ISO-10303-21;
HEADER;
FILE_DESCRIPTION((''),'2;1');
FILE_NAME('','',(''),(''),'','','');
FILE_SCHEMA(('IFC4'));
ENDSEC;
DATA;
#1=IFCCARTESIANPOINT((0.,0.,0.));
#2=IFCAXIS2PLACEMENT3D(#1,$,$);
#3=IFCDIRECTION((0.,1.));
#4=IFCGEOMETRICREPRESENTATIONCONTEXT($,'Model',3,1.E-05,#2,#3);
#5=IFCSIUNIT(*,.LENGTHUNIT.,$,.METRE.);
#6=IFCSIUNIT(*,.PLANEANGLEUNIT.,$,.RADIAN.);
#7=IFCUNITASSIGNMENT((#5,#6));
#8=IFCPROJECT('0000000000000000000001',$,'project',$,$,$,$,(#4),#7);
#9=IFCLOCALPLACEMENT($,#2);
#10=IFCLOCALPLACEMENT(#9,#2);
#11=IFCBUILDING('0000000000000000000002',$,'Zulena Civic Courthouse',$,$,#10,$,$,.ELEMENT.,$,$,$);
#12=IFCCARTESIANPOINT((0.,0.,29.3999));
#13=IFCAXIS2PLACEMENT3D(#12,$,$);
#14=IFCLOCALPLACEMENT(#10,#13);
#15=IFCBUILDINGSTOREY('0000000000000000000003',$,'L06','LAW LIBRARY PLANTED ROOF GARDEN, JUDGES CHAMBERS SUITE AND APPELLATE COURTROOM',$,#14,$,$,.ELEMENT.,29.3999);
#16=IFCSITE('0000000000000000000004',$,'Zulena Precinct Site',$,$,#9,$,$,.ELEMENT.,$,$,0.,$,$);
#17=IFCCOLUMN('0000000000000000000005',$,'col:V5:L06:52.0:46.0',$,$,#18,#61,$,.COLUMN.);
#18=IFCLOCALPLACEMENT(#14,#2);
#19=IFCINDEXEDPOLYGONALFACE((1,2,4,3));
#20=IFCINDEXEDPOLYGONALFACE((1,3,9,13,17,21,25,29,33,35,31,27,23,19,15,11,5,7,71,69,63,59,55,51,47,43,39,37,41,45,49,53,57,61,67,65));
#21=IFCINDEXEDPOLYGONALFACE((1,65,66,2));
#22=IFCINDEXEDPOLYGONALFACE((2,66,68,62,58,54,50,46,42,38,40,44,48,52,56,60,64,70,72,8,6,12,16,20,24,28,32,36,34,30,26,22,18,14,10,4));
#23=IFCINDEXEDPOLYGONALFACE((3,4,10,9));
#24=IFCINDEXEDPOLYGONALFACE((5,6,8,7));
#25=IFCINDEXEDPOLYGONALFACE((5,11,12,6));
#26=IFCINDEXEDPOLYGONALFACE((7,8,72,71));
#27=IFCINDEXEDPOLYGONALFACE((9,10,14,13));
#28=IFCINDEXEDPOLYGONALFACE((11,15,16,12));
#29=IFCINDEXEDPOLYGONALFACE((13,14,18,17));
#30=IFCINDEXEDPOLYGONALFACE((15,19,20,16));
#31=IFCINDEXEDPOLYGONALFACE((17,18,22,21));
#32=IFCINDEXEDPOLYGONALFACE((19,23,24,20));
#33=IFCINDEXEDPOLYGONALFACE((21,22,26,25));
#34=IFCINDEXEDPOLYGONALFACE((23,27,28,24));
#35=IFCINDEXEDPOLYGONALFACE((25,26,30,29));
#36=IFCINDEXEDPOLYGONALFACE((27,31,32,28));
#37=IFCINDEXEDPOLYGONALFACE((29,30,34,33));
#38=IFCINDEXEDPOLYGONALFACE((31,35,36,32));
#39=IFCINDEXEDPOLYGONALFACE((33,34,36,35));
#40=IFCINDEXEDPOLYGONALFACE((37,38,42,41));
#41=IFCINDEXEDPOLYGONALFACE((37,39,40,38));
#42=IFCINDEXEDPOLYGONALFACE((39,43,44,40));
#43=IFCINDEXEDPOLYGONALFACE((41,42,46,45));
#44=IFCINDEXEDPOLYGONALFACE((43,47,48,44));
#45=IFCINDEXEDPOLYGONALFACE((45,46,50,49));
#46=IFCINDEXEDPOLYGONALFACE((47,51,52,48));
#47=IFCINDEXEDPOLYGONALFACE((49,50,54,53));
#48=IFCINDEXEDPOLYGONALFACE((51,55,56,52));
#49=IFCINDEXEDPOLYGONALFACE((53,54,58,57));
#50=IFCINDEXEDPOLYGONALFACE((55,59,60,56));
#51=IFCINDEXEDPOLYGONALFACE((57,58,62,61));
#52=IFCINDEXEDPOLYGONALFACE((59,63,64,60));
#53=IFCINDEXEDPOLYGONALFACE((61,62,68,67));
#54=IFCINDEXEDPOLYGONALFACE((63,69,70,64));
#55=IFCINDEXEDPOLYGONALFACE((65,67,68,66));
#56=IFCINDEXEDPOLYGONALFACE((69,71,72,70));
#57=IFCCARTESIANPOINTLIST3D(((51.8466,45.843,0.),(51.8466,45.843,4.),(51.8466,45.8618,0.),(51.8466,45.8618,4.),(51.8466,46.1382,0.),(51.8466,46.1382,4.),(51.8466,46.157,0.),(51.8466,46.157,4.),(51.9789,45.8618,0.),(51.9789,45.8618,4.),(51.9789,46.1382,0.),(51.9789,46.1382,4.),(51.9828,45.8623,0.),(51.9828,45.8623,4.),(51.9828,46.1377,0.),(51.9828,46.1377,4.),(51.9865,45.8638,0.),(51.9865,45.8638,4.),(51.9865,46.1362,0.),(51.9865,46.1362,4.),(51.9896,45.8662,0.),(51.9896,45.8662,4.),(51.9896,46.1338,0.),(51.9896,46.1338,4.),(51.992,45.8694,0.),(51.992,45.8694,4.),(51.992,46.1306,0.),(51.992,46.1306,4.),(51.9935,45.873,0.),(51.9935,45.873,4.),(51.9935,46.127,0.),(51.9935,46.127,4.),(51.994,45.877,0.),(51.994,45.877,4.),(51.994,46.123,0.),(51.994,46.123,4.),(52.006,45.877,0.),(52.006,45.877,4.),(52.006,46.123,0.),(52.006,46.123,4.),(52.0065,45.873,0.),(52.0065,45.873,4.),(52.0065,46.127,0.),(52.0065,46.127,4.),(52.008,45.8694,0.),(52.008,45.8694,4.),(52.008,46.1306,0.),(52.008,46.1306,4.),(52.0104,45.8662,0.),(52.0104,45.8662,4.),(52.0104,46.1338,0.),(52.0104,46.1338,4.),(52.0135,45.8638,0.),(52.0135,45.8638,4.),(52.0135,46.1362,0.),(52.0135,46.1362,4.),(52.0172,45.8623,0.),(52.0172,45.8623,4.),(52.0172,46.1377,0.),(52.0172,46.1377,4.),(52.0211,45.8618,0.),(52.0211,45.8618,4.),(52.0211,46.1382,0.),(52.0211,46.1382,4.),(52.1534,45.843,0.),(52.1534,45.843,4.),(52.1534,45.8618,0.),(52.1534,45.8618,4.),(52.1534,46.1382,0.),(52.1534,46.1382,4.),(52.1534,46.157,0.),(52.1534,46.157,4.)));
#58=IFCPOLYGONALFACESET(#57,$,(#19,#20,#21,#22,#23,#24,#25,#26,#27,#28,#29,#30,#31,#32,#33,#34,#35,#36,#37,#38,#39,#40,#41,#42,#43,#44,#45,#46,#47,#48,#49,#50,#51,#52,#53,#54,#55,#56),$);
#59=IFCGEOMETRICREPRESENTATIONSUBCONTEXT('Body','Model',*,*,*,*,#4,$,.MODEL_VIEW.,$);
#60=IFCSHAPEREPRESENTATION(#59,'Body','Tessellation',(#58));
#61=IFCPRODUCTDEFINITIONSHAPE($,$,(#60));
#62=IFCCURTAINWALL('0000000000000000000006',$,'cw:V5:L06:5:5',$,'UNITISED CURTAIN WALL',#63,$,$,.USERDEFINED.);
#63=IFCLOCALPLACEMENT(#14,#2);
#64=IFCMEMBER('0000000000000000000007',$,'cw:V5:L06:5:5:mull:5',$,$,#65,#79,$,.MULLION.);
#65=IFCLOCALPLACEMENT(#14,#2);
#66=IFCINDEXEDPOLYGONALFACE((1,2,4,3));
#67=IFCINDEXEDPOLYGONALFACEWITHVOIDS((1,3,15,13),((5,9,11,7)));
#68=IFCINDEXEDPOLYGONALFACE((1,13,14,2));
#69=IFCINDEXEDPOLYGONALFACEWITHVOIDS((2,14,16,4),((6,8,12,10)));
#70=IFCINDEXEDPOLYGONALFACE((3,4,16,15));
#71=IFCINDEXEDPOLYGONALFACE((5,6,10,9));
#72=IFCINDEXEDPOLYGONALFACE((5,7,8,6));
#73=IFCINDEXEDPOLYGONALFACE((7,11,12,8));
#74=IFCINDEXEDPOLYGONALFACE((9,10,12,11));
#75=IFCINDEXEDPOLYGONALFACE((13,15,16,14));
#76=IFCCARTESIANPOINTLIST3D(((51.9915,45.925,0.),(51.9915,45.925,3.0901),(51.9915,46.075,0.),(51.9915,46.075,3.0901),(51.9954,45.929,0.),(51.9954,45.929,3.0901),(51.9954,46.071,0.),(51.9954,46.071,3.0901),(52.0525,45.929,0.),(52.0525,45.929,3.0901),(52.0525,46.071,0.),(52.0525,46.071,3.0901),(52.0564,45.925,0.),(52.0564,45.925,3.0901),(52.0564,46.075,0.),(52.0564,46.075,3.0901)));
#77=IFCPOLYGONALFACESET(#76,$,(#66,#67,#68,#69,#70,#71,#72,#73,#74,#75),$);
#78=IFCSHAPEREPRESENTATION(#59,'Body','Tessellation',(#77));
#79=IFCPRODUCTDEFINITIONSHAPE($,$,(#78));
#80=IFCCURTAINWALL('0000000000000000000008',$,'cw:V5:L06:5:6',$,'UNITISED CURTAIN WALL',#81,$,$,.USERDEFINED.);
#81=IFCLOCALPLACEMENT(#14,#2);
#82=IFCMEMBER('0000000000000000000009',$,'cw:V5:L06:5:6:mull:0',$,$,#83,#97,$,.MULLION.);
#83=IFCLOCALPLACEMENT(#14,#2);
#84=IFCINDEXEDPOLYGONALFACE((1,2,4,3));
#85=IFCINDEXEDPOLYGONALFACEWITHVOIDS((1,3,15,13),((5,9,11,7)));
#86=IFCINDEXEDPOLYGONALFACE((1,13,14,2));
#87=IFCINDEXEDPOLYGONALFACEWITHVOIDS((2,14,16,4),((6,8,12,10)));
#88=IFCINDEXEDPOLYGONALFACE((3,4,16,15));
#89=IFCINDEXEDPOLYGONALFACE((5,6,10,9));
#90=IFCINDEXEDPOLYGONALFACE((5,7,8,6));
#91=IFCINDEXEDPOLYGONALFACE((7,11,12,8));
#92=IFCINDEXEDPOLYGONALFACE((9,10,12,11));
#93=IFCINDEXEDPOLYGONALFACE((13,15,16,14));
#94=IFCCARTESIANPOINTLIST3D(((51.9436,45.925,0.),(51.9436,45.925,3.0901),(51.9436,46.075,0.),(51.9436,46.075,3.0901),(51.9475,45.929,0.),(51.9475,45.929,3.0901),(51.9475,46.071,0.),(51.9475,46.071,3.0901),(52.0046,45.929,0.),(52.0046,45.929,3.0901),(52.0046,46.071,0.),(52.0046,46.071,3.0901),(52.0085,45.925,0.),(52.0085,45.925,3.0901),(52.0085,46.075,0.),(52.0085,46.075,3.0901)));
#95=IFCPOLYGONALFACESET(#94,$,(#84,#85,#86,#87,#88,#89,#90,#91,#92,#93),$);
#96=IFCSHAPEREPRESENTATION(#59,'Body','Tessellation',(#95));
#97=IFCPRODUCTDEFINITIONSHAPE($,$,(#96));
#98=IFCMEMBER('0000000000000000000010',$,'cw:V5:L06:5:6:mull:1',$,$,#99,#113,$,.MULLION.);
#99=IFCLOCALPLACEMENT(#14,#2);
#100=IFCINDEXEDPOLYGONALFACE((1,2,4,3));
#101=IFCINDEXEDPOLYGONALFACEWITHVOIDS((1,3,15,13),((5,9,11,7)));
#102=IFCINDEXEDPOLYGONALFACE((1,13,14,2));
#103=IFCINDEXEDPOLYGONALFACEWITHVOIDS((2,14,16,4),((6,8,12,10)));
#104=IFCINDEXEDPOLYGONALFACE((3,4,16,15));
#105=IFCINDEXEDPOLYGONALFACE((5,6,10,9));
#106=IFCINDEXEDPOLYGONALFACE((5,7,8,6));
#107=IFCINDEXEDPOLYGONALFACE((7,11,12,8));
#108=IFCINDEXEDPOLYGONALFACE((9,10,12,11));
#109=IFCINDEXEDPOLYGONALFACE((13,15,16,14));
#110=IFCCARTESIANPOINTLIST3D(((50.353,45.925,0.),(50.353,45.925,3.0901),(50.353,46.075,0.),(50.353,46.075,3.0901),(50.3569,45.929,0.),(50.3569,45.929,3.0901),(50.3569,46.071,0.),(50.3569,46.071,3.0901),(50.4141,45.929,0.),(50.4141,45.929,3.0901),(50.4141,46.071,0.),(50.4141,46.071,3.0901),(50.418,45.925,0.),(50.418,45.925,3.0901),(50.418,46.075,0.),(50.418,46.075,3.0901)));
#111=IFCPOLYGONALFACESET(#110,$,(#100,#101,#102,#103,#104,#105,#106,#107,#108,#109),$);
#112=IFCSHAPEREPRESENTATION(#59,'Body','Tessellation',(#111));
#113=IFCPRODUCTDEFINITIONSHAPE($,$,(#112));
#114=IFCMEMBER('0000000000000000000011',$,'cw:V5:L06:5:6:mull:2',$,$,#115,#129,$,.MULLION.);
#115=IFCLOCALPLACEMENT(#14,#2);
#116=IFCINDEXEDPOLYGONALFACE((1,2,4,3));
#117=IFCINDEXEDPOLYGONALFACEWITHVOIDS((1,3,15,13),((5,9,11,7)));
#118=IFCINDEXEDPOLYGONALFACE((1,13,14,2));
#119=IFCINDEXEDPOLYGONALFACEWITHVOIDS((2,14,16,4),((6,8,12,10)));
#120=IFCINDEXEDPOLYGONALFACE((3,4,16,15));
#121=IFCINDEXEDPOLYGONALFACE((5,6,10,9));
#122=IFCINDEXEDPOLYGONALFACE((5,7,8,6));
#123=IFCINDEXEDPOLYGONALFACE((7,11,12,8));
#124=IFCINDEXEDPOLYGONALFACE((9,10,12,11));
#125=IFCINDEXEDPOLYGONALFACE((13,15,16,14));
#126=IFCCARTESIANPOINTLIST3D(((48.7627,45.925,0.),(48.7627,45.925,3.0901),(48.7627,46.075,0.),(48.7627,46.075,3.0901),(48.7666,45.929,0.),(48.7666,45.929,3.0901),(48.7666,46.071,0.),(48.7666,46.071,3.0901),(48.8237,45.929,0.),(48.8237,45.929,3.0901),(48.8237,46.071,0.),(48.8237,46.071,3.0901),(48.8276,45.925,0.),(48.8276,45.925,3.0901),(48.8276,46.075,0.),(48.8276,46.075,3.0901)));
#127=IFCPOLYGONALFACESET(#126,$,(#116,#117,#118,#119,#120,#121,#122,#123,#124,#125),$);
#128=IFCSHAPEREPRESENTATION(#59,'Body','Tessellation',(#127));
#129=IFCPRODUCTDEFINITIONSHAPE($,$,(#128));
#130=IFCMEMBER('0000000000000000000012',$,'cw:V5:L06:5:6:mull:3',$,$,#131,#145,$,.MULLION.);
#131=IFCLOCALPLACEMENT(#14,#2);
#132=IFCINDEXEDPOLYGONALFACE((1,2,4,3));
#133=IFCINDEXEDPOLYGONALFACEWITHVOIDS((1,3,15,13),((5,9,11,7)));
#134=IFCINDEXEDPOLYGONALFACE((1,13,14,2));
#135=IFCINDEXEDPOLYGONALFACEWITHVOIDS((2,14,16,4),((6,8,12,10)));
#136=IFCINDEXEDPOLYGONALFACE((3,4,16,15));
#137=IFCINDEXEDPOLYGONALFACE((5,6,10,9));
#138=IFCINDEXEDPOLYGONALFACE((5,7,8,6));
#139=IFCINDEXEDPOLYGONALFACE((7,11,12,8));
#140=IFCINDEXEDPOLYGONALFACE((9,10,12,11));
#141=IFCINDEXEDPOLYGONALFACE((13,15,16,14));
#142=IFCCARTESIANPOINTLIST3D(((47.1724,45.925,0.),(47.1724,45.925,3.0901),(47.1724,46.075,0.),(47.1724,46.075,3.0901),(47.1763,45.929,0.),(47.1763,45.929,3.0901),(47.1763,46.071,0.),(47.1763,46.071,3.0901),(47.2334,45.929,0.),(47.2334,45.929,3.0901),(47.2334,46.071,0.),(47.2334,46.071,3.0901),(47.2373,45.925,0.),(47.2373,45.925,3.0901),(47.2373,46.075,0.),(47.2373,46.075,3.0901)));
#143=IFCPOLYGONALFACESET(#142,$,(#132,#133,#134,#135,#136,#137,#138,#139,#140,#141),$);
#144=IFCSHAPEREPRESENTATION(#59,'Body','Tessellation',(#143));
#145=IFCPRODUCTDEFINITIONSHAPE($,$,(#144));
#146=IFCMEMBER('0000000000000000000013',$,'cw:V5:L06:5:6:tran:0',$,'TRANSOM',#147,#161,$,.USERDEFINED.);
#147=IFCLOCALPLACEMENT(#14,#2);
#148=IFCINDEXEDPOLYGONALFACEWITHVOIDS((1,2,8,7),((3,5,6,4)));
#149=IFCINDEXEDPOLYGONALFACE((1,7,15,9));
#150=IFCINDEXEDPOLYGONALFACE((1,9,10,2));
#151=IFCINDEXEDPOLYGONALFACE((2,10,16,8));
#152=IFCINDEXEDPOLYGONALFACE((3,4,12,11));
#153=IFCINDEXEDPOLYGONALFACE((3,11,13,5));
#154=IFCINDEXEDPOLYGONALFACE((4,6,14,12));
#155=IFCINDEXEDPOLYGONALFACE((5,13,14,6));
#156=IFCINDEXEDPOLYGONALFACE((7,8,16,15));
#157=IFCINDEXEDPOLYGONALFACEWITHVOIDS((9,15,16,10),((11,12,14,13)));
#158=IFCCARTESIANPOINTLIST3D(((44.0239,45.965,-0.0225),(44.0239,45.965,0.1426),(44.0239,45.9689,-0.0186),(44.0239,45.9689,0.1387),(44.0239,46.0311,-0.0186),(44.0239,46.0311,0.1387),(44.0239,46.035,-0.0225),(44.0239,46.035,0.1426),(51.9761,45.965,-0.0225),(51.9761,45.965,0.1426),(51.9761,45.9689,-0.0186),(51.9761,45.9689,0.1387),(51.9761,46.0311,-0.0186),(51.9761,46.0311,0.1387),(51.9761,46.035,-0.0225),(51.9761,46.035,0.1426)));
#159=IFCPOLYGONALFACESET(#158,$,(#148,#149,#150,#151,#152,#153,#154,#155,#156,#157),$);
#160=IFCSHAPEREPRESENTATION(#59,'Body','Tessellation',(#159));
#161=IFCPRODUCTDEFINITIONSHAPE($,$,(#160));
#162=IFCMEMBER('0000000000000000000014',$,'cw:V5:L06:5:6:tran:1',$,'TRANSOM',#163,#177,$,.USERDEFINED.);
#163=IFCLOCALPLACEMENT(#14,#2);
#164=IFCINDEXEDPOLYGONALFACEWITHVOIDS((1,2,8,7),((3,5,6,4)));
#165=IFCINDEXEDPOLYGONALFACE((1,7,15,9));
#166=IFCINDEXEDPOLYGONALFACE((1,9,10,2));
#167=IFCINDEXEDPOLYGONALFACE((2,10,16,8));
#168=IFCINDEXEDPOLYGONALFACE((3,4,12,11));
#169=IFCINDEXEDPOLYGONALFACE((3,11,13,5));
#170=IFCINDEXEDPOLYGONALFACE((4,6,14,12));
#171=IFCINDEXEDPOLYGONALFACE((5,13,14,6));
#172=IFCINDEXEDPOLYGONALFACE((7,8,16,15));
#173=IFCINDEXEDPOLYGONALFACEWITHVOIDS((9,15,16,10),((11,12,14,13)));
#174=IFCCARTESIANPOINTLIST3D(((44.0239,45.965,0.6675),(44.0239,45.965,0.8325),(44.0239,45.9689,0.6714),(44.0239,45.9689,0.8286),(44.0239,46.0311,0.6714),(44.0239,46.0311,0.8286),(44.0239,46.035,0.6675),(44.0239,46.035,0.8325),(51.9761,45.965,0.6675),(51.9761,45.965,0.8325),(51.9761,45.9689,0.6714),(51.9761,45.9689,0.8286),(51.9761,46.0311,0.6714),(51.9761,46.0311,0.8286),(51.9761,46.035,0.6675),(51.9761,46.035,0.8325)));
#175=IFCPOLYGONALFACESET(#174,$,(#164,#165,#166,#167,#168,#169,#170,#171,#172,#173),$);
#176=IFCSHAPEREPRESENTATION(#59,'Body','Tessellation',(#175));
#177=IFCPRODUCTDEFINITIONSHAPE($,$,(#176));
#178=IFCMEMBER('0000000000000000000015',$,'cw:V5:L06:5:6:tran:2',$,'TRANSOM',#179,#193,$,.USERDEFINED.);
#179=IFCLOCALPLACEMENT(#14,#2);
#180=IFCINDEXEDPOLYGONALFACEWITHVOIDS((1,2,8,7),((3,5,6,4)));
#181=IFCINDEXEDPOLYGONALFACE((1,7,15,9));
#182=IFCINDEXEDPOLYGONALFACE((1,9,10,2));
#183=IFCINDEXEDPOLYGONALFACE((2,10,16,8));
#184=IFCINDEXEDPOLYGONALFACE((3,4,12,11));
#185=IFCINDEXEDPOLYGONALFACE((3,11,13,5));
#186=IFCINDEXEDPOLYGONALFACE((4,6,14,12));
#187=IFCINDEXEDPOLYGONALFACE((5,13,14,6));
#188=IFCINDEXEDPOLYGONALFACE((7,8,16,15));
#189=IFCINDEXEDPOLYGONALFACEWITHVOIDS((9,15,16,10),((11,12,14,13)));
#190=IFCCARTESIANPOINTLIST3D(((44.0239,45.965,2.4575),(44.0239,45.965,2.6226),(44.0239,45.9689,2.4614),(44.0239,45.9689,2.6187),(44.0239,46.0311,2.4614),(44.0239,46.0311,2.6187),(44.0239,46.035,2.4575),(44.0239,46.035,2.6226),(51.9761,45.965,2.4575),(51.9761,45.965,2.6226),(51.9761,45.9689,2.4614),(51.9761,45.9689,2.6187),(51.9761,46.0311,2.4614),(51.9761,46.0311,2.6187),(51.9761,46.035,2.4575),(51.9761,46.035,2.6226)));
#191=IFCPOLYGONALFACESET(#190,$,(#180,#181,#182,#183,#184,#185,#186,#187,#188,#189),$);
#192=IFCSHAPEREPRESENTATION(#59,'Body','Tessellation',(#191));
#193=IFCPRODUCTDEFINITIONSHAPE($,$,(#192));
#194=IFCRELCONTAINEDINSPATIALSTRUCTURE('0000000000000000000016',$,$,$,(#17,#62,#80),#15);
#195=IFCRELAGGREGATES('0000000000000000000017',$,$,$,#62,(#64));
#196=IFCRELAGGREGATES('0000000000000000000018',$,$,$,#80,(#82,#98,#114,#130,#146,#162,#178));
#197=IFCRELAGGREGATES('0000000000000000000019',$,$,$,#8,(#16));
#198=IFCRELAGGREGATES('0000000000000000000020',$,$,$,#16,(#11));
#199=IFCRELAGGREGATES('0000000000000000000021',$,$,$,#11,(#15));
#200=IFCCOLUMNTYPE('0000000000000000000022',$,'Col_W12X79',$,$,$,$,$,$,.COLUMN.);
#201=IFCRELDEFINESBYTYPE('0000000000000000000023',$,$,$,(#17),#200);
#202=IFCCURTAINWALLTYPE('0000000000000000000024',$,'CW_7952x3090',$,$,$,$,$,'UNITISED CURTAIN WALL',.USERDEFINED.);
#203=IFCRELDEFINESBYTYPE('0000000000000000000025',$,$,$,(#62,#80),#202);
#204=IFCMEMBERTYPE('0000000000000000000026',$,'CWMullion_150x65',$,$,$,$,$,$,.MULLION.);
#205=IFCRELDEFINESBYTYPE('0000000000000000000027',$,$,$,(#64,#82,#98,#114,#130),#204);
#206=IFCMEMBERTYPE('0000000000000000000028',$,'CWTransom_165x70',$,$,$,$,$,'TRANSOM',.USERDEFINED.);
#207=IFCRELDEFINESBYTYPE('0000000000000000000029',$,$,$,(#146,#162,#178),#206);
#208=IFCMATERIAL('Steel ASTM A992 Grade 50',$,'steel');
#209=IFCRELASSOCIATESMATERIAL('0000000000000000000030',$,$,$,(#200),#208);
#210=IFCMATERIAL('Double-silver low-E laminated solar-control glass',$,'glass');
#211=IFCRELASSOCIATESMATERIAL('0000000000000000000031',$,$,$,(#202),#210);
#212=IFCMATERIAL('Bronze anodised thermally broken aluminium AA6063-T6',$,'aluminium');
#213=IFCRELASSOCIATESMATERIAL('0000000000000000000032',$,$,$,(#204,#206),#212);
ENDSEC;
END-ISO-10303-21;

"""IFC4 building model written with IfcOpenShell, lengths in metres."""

from ifc_helpers import new_model, si_unit, direction, frame, origin, origin_2d, place, context, subcontext, project, spatial, hollow_rectangle, i_section, extrude, material, material_profile, profile_set, type_object, element, aggregate, save


model = new_model("IFC4")

# Units and contexts
model_context = context("Model", 3, precision=1e-05, world=origin(), true_north=direction((0.0, 1.0)))
body_context = subcontext(model_context, "Body", "Model", "MODEL_VIEW")
ifc_project = project(units=[si_unit("LENGTHUNIT", "METRE"), si_unit("PLANEANGLEUNIT", "RADIAN")], contexts=[model_context])

# Site, building, storey
site_placement = place(None, origin())
site = spatial("IfcSite", under=ifc_project, at=site_placement, Name="Zulena Precinct Site", CompositionType="ELEMENT", RefElevation=0.0)
building_placement = place(site_placement, origin())
building = spatial("IfcBuilding", under=site, at=building_placement, Name="Zulena Civic Courthouse", CompositionType="ELEMENT")
storey_placement = place(building_placement, frame((0.0, 0.0, 29.3999)))
storey = spatial("IfcBuildingStorey", under=building, at=storey_placement, Name="L06", Description="LAW LIBRARY PLANTED ROOF GARDEN, JUDGES CHAMBERS SUITE AND APPELLATE COURTROOM", CompositionType="ELEMENT", Elevation=29.3999)

# Column
ifc_material_1 = material(Name="Steel ASTM A992 Grade 50", Category="steel")
ifc_material_profile_1 = material_profile(ifc_material_1, i_section(OverallWidth=0.3069, OverallDepth=0.314, WebThickness=0.012, FlangeThickness=0.0188, FilletRadius=0.0151, at=origin_2d()), Name="W12X79")
ifc_profile_set_1 = profile_set([ifc_material_profile_1], Name="Steel ASTM A992 Grade 50")
column_type = type_object("IfcColumnType", Name="Col_W12X79", PredefinedType="COLUMN", material=ifc_profile_set_1)
column_placement = place(storey_placement, frame((52.0, 46.0, 0.0), z_axis=(0.0, 0.0, 1.0), x_axis=(1.0, 0.0, 0.0)))
element("IfcColumn", 1, at=column_placement, inside=storey, type_object=column_type, Name="col:V5:L06:52.0:46.0", PredefinedType="COLUMN", context=body_context, shape_type="SweptSolid", body=[
    extrude(i_section(OverallWidth=0.3069, OverallDepth=0.314, WebThickness=0.012, FlangeThickness=0.0188, FilletRadius=0.0151, at=origin_2d()), origin(), (0.0, 0.0, 1.0), 4.0),
])

# Curtain wall, member
ifc_material_2 = material(Name="Double-silver low-E laminated solar-control glass", Category="glass")
curtain_wall_type = type_object("IfcCurtainWallType", Name="CW_7952x3090", ElementType="UNITISED CURTAIN WALL", PredefinedType="USERDEFINED", material=ifc_material_2)
curtain_wall_1_placement = place(storey_placement, origin())
curtain_wall_1 = element("IfcCurtainWall", 2, at=curtain_wall_1_placement, inside=storey, type_object=curtain_wall_type, Name="cw:V5:L06:5:5", ObjectType="UNITISED CURTAIN WALL", PredefinedType="USERDEFINED")
ifc_material_3 = material(Name="Bronze anodised thermally broken aluminium AA6063-T6", Category="aluminium")
ifc_material_profile_2 = material_profile(ifc_material_3, hollow_rectangle(XDim=0.0649, YDim=0.1499, WallThickness=0.0039, at=origin_2d()), Name="CWM150X65X4")
ifc_profile_set_2 = profile_set([ifc_material_profile_2], Name="Bronze anodised thermally broken aluminium AA6063-T6")
member_type_1 = type_object("IfcMemberType", Name="CWMullion_150x65", PredefinedType="MULLION", material=ifc_profile_set_2)
member_1_placement = place(storey_placement, frame((52.0239, 46.0, 0.0), z_axis=(0.0, 0.0, 1.0), x_axis=(1.0, 0.0, 0.0)))
member_1 = element("IfcMember", 3, at=member_1_placement, type_object=member_type_1, Name="cw:V5:L06:5:5:mull:5", PredefinedType="MULLION", context=body_context, shape_type="SweptSolid", body=[
    extrude(hollow_rectangle(XDim=0.0649, YDim=0.1499, WallThickness=0.0039, at=origin_2d()), origin(), (0.0, 0.0, 1.0), 3.0901),
])

# Curtain wall, members
curtain_wall_2_placement = place(storey_placement, origin())
curtain_wall_2 = element("IfcCurtainWall", 4, at=curtain_wall_2_placement, inside=storey, type_object=curtain_wall_type, Name="cw:V5:L06:5:6", ObjectType="UNITISED CURTAIN WALL", PredefinedType="USERDEFINED")
member_2_placement = place(storey_placement, frame((51.9761, 46.0, 0.0), z_axis=(0.0, 0.0, 1.0), x_axis=(1.0, 0.0, 0.0)))
member_2 = element("IfcMember", 5, at=member_2_placement, type_object=member_type_1, Name="cw:V5:L06:5:6:mull:0", PredefinedType="MULLION", context=body_context, shape_type="SweptSolid", body=[
    extrude(hollow_rectangle(XDim=0.0649, YDim=0.1499, WallThickness=0.0039, at=origin_2d()), origin(), (0.0, 0.0, 1.0), 3.0901),
])
member_3_placement = place(storey_placement, frame((50.3855, 46.0, 0.0), z_axis=(0.0, 0.0, 1.0), x_axis=(1.0, 0.0, 0.0)))
member_3 = element("IfcMember", 6, at=member_3_placement, type_object=member_type_1, Name="cw:V5:L06:5:6:mull:1", PredefinedType="MULLION", context=body_context, shape_type="SweptSolid", body=[
    extrude(hollow_rectangle(XDim=0.0649, YDim=0.1499, WallThickness=0.0039, at=origin_2d()), origin(), (0.0, 0.0, 1.0), 3.0901),
])
member_4_placement = place(storey_placement, frame((48.7952, 46.0, 0.0), z_axis=(0.0, 0.0, 1.0), x_axis=(1.0, 0.0, 0.0)))
member_4 = element("IfcMember", 7, at=member_4_placement, type_object=member_type_1, Name="cw:V5:L06:5:6:mull:2", PredefinedType="MULLION", context=body_context, shape_type="SweptSolid", body=[
    extrude(hollow_rectangle(XDim=0.0649, YDim=0.1499, WallThickness=0.0039, at=origin_2d()), origin(), (0.0, 0.0, 1.0), 3.0901),
])
member_5_placement = place(storey_placement, frame((47.2048, 46.0, 0.0), z_axis=(0.0, 0.0, 1.0), x_axis=(1.0, 0.0, 0.0)))
member_5 = element("IfcMember", 8, at=member_5_placement, type_object=member_type_1, Name="cw:V5:L06:5:6:mull:3", PredefinedType="MULLION", context=body_context, shape_type="SweptSolid", body=[
    extrude(hollow_rectangle(XDim=0.0649, YDim=0.1499, WallThickness=0.0039, at=origin_2d()), origin(), (0.0, 0.0, 1.0), 3.0901),
])
ifc_material_profile_3 = material_profile(ifc_material_3, hollow_rectangle(XDim=0.0701, YDim=0.165, WallThickness=0.0039, at=origin_2d()), Name="CWT165X70X4")
ifc_profile_set_3 = profile_set([ifc_material_profile_3], Name="Bronze anodised thermally broken aluminium AA6063-T6")
member_type_2 = type_object("IfcMemberType", Name="CWTransom_165x70", ElementType="TRANSOM", PredefinedType="USERDEFINED", material=ifc_profile_set_3)
member_6_placement = place(storey_placement, frame((51.9761, 46.0, 0.0601), z_axis=(-1.0, 0.0, 0.0), x_axis=(0.0, -1.0, 0.0)))
member_6 = element("IfcMember", 9, at=member_6_placement, type_object=member_type_2, Name="cw:V5:L06:5:6:tran:0", ObjectType="TRANSOM", PredefinedType="USERDEFINED", context=body_context, shape_type="SweptSolid", body=[
    extrude(hollow_rectangle(XDim=0.0701, YDim=0.165, WallThickness=0.0039, at=origin_2d()), origin(), (0.0, 0.0, 1.0), 7.9521),
])
member_7_placement = place(storey_placement, frame((51.9761, 46.0, 0.75), z_axis=(-1.0, 0.0, 0.0), x_axis=(0.0, -1.0, 0.0)))
member_7 = element("IfcMember", 10, at=member_7_placement, type_object=member_type_2, Name="cw:V5:L06:5:6:tran:1", ObjectType="TRANSOM", PredefinedType="USERDEFINED", context=body_context, shape_type="SweptSolid", body=[
    extrude(hollow_rectangle(XDim=0.0701, YDim=0.165, WallThickness=0.0039, at=origin_2d()), origin(), (0.0, 0.0, 1.0), 7.9521),
])
member_8_placement = place(storey_placement, frame((51.9761, 46.0, 2.54), z_axis=(-1.0, 0.0, 0.0), x_axis=(0.0, -1.0, 0.0)))
member_8 = element("IfcMember", 11, at=member_8_placement, type_object=member_type_2, Name="cw:V5:L06:5:6:tran:2", ObjectType="TRANSOM", PredefinedType="USERDEFINED", context=body_context, shape_type="SweptSolid", body=[
    extrude(hollow_rectangle(XDim=0.0701, YDim=0.165, WallThickness=0.0039, at=origin_2d()), origin(), (0.0, 0.0, 1.0), 7.9521),
])

aggregate(curtain_wall_1, [member_1])
aggregate(curtain_wall_2, [member_2, member_3, member_4, member_5, member_6, member_7, member_8])

save(model, "model.ifc")
